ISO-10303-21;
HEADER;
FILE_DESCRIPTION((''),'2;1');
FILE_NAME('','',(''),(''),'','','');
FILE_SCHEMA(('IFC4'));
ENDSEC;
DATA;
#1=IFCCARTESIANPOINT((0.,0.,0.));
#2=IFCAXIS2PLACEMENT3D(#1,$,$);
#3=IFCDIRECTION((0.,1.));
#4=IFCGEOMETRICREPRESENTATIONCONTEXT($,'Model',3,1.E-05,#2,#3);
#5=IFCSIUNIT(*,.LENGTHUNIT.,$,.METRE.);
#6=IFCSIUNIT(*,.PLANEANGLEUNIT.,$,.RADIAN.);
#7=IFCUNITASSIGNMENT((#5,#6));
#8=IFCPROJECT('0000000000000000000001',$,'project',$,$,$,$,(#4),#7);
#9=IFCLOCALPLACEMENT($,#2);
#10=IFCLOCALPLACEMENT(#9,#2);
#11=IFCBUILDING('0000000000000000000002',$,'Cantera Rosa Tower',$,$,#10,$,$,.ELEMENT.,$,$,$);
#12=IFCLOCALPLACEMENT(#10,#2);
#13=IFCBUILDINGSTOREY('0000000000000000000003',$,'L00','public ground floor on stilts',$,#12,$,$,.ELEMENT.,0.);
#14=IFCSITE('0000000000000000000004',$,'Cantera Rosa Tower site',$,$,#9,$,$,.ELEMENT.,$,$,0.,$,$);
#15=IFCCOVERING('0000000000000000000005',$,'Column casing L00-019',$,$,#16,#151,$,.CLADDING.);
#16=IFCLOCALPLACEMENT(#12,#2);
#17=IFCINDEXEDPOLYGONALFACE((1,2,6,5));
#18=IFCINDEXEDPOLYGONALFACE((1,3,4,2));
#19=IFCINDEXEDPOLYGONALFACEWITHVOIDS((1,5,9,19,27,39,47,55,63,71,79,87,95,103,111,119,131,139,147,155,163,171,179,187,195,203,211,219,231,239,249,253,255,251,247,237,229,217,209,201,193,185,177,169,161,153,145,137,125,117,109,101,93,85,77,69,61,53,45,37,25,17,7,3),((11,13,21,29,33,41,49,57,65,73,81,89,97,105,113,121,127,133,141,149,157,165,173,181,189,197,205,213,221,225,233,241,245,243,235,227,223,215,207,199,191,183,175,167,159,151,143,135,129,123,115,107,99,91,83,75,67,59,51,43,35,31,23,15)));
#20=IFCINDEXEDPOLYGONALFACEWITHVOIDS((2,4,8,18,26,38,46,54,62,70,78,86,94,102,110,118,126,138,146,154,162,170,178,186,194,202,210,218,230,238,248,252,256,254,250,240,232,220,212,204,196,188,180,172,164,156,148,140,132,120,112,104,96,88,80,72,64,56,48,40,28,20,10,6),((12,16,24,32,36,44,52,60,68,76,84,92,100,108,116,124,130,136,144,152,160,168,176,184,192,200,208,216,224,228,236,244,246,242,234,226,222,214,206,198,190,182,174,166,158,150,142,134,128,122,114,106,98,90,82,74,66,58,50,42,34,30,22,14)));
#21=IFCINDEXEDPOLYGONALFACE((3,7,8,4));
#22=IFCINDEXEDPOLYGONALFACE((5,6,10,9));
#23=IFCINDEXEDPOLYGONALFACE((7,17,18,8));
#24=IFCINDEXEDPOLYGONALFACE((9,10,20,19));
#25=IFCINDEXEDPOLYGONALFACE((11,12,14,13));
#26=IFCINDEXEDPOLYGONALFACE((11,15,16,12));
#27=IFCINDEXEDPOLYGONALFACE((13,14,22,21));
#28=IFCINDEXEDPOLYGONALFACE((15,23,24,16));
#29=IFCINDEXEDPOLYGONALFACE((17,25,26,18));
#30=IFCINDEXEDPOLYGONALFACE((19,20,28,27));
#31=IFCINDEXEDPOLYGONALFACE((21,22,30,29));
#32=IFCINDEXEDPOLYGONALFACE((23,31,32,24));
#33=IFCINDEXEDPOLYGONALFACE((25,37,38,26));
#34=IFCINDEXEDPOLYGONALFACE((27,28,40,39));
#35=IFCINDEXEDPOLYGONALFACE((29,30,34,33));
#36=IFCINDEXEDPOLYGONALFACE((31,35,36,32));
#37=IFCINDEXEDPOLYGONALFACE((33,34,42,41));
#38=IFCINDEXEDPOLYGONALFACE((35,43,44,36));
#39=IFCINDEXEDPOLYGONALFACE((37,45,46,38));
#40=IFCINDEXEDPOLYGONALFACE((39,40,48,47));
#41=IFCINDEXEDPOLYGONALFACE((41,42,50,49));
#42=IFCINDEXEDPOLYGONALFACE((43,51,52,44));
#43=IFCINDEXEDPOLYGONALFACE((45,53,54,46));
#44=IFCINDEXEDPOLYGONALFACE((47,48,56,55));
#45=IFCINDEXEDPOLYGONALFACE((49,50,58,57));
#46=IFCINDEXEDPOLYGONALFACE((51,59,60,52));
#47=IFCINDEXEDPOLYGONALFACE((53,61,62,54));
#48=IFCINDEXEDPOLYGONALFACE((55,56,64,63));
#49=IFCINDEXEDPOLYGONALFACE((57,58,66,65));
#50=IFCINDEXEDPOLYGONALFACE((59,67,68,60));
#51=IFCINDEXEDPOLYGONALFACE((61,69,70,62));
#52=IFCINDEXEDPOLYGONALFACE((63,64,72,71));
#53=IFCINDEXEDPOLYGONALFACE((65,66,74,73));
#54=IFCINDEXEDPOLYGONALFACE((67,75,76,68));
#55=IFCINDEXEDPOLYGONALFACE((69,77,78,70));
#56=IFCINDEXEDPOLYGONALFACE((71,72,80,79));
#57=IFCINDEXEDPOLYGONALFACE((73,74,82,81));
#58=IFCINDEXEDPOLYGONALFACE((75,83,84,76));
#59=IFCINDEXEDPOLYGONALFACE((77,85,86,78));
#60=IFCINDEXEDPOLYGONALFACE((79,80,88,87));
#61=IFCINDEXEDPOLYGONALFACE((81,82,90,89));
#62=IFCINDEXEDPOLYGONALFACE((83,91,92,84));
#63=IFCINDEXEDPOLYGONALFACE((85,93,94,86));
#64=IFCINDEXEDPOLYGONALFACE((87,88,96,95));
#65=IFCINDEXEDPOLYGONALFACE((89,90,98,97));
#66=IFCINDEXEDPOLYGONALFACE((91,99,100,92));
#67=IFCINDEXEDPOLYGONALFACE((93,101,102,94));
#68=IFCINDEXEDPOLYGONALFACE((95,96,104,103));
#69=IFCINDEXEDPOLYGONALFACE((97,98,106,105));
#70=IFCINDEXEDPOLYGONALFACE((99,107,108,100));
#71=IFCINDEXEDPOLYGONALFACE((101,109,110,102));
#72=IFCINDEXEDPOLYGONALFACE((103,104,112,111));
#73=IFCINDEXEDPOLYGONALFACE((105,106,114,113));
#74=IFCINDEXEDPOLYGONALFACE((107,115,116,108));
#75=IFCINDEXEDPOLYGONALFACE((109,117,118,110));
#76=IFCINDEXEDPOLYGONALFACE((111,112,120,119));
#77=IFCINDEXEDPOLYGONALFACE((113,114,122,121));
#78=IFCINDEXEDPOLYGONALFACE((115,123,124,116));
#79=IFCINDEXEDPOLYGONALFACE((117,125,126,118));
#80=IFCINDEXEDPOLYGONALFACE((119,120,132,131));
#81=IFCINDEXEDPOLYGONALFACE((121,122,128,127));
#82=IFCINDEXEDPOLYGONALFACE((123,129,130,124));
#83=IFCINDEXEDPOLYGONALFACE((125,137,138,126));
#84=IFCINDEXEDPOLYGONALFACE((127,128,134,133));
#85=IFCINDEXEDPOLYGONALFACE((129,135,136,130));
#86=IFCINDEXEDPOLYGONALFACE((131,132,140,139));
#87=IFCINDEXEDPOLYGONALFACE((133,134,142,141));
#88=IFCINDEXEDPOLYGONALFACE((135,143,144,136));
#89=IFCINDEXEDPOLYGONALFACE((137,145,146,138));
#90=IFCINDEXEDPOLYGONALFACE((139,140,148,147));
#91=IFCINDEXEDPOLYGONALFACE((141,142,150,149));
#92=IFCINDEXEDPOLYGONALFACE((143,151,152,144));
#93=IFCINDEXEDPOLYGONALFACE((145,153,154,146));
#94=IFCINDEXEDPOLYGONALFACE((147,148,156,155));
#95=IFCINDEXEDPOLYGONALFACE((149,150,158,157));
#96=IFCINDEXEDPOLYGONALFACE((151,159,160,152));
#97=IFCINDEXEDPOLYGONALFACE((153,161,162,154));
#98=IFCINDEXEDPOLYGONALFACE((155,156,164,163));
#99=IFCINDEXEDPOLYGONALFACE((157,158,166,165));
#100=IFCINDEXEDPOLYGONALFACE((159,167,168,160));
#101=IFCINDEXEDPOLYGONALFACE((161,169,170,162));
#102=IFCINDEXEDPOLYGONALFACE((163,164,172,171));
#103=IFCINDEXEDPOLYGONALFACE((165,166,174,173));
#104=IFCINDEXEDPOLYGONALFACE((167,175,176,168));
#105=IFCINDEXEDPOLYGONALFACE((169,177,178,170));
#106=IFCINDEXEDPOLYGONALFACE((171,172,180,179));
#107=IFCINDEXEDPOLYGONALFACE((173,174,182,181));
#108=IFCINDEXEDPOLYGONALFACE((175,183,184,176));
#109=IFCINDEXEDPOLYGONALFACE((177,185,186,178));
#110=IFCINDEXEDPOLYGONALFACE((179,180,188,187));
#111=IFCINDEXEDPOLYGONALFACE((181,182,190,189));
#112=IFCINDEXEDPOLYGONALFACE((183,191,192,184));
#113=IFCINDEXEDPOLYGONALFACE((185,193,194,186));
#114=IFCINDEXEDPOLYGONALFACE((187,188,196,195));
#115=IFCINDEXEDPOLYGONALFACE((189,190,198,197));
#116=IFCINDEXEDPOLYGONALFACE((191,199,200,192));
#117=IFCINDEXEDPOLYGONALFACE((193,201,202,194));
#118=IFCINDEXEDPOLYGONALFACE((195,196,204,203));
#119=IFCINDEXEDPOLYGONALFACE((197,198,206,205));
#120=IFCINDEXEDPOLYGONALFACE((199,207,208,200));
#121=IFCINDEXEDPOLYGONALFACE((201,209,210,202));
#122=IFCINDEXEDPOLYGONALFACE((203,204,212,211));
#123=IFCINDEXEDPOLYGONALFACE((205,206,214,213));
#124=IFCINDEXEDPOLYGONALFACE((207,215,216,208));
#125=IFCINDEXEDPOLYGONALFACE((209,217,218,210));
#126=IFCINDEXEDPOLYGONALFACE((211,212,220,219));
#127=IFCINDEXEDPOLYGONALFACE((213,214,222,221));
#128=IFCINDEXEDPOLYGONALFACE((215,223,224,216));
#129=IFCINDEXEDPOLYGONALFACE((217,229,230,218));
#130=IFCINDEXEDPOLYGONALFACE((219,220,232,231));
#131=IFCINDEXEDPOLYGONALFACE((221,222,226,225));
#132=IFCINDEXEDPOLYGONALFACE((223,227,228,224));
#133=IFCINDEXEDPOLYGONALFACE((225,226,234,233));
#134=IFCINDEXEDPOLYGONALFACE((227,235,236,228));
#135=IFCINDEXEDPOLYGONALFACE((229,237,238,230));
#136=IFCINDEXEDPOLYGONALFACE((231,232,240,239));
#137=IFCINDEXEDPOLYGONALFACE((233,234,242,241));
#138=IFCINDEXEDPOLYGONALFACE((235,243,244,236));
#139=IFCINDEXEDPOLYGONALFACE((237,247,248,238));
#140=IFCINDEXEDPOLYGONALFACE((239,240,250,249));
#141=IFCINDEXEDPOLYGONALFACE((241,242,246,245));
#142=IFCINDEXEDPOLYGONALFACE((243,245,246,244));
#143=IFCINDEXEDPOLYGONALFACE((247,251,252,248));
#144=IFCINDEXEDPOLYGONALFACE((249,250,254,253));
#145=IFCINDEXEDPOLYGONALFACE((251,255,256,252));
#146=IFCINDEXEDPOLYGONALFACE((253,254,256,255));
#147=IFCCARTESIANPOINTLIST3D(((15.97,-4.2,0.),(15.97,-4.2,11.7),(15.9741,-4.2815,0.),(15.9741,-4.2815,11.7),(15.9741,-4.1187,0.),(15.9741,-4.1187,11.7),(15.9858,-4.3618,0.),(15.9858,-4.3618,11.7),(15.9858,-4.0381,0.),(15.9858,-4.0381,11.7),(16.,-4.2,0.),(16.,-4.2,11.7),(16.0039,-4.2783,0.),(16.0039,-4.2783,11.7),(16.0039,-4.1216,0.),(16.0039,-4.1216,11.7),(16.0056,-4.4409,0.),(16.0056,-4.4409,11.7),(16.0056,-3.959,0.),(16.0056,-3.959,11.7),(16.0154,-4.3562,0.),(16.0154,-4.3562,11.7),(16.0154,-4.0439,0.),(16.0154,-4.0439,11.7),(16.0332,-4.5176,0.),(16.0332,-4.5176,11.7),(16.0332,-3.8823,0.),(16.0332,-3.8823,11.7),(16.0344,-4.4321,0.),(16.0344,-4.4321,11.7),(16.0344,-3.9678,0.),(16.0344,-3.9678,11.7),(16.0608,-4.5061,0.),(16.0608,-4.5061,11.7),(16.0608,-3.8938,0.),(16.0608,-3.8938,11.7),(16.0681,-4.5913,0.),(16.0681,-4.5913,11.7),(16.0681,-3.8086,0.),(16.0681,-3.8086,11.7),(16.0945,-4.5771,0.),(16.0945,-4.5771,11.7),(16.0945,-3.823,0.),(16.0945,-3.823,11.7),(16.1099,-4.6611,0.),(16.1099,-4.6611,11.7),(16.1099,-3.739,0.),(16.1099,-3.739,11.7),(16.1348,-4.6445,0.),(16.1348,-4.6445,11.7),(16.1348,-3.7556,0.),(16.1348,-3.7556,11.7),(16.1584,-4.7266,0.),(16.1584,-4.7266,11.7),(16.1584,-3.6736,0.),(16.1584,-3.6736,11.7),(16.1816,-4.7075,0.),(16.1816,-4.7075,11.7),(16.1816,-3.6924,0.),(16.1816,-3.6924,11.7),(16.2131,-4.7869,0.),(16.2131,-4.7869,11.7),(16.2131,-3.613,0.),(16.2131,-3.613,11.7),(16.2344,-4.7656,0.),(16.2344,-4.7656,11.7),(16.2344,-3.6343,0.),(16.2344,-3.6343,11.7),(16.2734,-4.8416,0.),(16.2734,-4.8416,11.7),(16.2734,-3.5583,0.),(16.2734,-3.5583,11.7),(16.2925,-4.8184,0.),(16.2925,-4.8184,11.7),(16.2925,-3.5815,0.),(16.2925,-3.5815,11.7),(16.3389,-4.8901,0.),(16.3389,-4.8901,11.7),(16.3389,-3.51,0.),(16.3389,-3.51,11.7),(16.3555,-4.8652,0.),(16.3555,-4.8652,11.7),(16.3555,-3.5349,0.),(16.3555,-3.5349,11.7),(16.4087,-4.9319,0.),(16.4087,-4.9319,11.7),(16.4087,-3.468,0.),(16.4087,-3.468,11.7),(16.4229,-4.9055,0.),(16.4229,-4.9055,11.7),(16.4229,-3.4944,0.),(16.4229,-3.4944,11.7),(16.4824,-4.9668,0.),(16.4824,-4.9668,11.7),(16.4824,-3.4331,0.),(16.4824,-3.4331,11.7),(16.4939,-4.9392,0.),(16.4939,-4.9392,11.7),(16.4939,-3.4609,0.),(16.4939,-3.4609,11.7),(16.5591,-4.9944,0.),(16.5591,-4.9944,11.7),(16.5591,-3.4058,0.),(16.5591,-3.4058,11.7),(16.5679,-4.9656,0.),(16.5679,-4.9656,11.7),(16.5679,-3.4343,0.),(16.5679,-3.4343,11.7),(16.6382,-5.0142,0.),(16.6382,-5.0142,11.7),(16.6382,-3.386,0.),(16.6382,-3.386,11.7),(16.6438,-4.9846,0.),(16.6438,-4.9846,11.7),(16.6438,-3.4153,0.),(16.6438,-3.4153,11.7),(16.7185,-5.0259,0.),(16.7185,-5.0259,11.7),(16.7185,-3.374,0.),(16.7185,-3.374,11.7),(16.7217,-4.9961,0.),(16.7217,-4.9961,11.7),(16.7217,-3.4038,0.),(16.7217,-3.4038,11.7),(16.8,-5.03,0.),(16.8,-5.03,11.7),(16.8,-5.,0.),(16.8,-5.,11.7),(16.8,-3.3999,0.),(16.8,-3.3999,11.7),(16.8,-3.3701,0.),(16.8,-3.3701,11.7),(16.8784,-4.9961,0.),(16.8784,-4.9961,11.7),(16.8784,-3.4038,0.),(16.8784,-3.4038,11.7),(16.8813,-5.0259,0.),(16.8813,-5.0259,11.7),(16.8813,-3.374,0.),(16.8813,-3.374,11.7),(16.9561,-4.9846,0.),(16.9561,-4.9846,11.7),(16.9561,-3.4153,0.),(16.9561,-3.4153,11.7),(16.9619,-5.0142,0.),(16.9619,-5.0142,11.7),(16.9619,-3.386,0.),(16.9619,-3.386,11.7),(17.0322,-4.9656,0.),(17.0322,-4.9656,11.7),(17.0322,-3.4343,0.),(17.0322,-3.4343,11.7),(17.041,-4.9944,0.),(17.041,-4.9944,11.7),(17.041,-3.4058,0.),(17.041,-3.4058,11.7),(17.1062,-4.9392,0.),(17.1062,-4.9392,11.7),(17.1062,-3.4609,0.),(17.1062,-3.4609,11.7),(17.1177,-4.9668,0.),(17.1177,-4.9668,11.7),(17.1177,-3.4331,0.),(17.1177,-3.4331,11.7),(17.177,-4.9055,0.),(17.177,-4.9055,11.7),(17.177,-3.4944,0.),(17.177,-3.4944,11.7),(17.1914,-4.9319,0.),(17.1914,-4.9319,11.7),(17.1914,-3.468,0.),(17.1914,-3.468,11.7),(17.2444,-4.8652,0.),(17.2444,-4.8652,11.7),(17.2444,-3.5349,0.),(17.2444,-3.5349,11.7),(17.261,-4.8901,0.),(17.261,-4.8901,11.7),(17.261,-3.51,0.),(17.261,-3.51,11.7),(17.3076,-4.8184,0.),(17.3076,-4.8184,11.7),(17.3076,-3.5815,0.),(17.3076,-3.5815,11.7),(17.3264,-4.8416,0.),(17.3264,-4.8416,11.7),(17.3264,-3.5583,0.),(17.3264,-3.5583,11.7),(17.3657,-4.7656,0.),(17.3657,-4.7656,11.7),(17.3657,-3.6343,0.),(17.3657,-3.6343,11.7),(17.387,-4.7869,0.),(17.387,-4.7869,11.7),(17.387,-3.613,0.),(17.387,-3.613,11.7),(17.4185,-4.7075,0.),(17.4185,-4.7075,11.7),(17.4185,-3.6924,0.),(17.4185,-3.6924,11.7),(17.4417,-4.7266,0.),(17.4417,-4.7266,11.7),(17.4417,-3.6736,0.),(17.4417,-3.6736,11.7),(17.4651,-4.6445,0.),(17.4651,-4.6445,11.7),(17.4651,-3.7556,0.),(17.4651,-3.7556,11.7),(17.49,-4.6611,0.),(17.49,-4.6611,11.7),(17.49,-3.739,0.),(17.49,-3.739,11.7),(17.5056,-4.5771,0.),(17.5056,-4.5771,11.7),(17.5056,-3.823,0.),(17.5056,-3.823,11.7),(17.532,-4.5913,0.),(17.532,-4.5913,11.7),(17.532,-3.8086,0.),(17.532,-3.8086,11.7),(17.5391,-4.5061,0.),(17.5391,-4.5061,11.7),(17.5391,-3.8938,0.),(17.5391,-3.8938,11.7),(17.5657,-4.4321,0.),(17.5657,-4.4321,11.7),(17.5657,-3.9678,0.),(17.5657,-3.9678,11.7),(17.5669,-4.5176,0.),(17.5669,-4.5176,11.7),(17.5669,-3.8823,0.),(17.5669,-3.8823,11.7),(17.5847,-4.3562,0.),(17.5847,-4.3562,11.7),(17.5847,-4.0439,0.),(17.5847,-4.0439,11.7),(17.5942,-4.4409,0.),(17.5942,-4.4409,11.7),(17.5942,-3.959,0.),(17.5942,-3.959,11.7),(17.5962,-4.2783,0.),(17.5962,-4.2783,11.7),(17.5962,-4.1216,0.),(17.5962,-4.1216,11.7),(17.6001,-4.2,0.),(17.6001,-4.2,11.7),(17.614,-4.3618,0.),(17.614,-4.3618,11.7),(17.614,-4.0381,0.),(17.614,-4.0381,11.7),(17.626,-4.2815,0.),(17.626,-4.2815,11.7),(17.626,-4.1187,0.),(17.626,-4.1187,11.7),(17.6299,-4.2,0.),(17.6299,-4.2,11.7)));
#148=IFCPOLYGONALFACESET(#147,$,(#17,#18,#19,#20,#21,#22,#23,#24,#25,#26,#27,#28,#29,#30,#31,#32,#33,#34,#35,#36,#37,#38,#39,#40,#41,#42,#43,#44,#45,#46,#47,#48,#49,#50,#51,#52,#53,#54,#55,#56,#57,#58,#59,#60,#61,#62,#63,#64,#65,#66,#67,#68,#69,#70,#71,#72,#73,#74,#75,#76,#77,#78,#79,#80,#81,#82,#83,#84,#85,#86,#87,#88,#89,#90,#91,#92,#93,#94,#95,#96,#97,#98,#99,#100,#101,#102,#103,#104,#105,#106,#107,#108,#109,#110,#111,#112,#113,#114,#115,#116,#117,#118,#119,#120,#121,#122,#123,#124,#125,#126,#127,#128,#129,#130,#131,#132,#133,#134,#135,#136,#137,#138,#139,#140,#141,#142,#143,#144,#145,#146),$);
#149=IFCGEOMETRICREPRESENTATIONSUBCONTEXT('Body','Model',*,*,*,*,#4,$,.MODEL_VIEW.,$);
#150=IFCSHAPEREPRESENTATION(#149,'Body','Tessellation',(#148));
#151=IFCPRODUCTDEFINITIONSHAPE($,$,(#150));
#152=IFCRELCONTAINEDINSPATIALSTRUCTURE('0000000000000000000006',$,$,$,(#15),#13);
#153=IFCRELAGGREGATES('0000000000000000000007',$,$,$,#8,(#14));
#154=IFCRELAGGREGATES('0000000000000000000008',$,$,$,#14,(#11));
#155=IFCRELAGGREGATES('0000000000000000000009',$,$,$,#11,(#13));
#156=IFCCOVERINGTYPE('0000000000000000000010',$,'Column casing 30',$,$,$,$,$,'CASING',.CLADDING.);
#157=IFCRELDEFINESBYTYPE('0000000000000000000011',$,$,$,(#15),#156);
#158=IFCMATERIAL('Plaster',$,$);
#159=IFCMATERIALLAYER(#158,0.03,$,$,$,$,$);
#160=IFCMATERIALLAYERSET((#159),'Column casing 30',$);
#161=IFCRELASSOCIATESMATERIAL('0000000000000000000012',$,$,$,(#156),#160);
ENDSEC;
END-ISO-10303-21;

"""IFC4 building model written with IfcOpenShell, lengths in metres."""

from ifc_helpers import new_model, si_unit, direction, origin, place, context, subcontext, project, spatial, polyline, outline, extrude, material, layer, layer_set, type_object, element, save


model = new_model("IFC4")

# Units and contexts
model_context = context("Model", 3, precision=1e-05, world=origin(), true_north=direction((0.0, 1.0)))
body_context = subcontext(model_context, "Body", "Model", "MODEL_VIEW")
ifc_project = project(units=[si_unit("LENGTHUNIT", "METRE"), si_unit("PLANEANGLEUNIT", "RADIAN")], contexts=[model_context])

# Site, building, storey
site_placement = place(None, origin())
site = spatial("IfcSite", under=ifc_project, at=site_placement, Name="Cantera Rosa Tower site", CompositionType="ELEMENT", RefElevation=0.0)
building_placement = place(site_placement, origin())
building = spatial("IfcBuilding", under=site, at=building_placement, Name="Cantera Rosa Tower", CompositionType="ELEMENT")
storey_placement = place(building_placement, origin())
storey = spatial("IfcBuildingStorey", under=building, at=storey_placement, Name="L00", Description="public ground floor on stilts", CompositionType="ELEMENT", Elevation=0.0)

# Covering
ifc_material_1 = material(Name="Plaster")
ifc_layer_1 = layer(ifc_material_1, 0.03)
ifc_layer_set_1 = layer_set([ifc_layer_1], Name="Column casing 30")
covering_type = type_object("IfcCoveringType", Name="Column casing 30", ElementType="CASING", PredefinedType="CLADDING", material=ifc_layer_set_1)
covering_1_placement = place(storey_placement, origin())
element("IfcCovering", 1, at=covering_1_placement, inside=storey, type_object=covering_type, Name="Column casing L00-019", PredefinedType="CLADDING", context=body_context, shape_type="SweptSolid", body=[
    extrude(outline(polyline([(17.626, -4.2815), (17.6299, -4.2), (17.626, -4.1187), (17.614, -4.0381), (17.5942, -3.959), (17.5669, -3.8823), (17.532, -3.8086), (17.49, -3.739), (17.4417, -3.6736), (17.387, -3.613), (17.3264, -3.5583), (17.261, -3.51), (17.1914, -3.468), (17.1177, -3.4331), (17.041, -3.4058), (16.9619, -3.386), (16.8813, -3.374), (16.8, -3.3701), (16.7185, -3.374), (16.6382, -3.386), (16.5591, -3.4058), (16.4824, -3.4331), (16.4087, -3.468), (16.3389, -3.51), (16.2734, -3.5583), (16.2131, -3.613), (16.1584, -3.6736), (16.1099, -3.739), (16.0681, -3.8086), (16.0332, -3.8823), (16.0056, -3.959), (15.9858, -4.0381), (15.9741, -4.1187), (15.97, -4.2), (15.9741, -4.2815), (15.9858, -4.3618), (16.0056, -4.4409), (16.0332, -4.5176), (16.0681, -4.5913), (16.1099, -4.6611), (16.1584, -4.7266), (16.2131, -4.7869), (16.2734, -4.8416), (16.3389, -4.8901), (16.4087, -4.9319), (16.4824, -4.9668), (16.5591, -4.9944), (16.6382, -5.0142), (16.7185, -5.0259), (16.8, -5.03), (16.8813, -5.0259), (16.9619, -5.0142), (17.041, -4.9944), (17.1177, -4.9668), (17.1914, -4.9319), (17.261, -4.8901), (17.3264, -4.8416), (17.387, -4.7869), (17.4417, -4.7266), (17.49, -4.6611), (17.532, -4.5913), (17.5669, -4.5176), (17.5942, -4.4409), (17.614, -4.3618), (17.626, -4.2815)]), holes=[polyline([(17.5962, -4.1216), (17.5847, -4.0439), (17.5657, -3.9678), (17.5391, -3.8938), (17.5056, -3.823), (17.4651, -3.7556), (17.4185, -3.6924), (17.3657, -3.6343), (17.3076, -3.5815), (17.2444, -3.5349), (17.177, -3.4944), (17.1062, -3.4609), (17.0322, -3.4343), (16.9561, -3.4153), (16.8784, -3.4038), (16.8, -3.3999), (16.7217, -3.4038), (16.6438, -3.4153), (16.5679, -3.4343), (16.4939, -3.4609), (16.4229, -3.4944), (16.3555, -3.5349), (16.2925, -3.5815), (16.2344, -3.6343), (16.1816, -3.6924), (16.1348, -3.7556), (16.0945, -3.823), (16.0608, -3.8938), (16.0344, -3.9678), (16.0154, -4.0439), (16.0039, -4.1216), (16.0, -4.2), (16.0039, -4.2783), (16.0154, -4.3562), (16.0344, -4.4321), (16.0608, -4.5061), (16.0945, -4.5771), (16.1348, -4.6445), (16.1816, -4.7075), (16.2344, -4.7656), (16.2925, -4.8184), (16.3555, -4.8652), (16.4229, -4.9055), (16.4939, -4.9392), (16.5679, -4.9656), (16.6438, -4.9846), (16.7217, -4.9961), (16.8, -5.0), (16.8784, -4.9961), (16.9561, -4.9846), (17.0322, -4.9656), (17.1062, -4.9392), (17.177, -4.9055), (17.2444, -4.8652), (17.3076, -4.8184), (17.3657, -4.7656), (17.4185, -4.7075), (17.4651, -4.6445), (17.5056, -4.5771), (17.5391, -4.5061), (17.5657, -4.4321), (17.5847, -4.3562), (17.5962, -4.2783), (17.6001, -4.2), (17.5962, -4.1216)])]), origin(), (0.0, 0.0, 1.0), 11.7),
])

save(model, "model.ifc")
